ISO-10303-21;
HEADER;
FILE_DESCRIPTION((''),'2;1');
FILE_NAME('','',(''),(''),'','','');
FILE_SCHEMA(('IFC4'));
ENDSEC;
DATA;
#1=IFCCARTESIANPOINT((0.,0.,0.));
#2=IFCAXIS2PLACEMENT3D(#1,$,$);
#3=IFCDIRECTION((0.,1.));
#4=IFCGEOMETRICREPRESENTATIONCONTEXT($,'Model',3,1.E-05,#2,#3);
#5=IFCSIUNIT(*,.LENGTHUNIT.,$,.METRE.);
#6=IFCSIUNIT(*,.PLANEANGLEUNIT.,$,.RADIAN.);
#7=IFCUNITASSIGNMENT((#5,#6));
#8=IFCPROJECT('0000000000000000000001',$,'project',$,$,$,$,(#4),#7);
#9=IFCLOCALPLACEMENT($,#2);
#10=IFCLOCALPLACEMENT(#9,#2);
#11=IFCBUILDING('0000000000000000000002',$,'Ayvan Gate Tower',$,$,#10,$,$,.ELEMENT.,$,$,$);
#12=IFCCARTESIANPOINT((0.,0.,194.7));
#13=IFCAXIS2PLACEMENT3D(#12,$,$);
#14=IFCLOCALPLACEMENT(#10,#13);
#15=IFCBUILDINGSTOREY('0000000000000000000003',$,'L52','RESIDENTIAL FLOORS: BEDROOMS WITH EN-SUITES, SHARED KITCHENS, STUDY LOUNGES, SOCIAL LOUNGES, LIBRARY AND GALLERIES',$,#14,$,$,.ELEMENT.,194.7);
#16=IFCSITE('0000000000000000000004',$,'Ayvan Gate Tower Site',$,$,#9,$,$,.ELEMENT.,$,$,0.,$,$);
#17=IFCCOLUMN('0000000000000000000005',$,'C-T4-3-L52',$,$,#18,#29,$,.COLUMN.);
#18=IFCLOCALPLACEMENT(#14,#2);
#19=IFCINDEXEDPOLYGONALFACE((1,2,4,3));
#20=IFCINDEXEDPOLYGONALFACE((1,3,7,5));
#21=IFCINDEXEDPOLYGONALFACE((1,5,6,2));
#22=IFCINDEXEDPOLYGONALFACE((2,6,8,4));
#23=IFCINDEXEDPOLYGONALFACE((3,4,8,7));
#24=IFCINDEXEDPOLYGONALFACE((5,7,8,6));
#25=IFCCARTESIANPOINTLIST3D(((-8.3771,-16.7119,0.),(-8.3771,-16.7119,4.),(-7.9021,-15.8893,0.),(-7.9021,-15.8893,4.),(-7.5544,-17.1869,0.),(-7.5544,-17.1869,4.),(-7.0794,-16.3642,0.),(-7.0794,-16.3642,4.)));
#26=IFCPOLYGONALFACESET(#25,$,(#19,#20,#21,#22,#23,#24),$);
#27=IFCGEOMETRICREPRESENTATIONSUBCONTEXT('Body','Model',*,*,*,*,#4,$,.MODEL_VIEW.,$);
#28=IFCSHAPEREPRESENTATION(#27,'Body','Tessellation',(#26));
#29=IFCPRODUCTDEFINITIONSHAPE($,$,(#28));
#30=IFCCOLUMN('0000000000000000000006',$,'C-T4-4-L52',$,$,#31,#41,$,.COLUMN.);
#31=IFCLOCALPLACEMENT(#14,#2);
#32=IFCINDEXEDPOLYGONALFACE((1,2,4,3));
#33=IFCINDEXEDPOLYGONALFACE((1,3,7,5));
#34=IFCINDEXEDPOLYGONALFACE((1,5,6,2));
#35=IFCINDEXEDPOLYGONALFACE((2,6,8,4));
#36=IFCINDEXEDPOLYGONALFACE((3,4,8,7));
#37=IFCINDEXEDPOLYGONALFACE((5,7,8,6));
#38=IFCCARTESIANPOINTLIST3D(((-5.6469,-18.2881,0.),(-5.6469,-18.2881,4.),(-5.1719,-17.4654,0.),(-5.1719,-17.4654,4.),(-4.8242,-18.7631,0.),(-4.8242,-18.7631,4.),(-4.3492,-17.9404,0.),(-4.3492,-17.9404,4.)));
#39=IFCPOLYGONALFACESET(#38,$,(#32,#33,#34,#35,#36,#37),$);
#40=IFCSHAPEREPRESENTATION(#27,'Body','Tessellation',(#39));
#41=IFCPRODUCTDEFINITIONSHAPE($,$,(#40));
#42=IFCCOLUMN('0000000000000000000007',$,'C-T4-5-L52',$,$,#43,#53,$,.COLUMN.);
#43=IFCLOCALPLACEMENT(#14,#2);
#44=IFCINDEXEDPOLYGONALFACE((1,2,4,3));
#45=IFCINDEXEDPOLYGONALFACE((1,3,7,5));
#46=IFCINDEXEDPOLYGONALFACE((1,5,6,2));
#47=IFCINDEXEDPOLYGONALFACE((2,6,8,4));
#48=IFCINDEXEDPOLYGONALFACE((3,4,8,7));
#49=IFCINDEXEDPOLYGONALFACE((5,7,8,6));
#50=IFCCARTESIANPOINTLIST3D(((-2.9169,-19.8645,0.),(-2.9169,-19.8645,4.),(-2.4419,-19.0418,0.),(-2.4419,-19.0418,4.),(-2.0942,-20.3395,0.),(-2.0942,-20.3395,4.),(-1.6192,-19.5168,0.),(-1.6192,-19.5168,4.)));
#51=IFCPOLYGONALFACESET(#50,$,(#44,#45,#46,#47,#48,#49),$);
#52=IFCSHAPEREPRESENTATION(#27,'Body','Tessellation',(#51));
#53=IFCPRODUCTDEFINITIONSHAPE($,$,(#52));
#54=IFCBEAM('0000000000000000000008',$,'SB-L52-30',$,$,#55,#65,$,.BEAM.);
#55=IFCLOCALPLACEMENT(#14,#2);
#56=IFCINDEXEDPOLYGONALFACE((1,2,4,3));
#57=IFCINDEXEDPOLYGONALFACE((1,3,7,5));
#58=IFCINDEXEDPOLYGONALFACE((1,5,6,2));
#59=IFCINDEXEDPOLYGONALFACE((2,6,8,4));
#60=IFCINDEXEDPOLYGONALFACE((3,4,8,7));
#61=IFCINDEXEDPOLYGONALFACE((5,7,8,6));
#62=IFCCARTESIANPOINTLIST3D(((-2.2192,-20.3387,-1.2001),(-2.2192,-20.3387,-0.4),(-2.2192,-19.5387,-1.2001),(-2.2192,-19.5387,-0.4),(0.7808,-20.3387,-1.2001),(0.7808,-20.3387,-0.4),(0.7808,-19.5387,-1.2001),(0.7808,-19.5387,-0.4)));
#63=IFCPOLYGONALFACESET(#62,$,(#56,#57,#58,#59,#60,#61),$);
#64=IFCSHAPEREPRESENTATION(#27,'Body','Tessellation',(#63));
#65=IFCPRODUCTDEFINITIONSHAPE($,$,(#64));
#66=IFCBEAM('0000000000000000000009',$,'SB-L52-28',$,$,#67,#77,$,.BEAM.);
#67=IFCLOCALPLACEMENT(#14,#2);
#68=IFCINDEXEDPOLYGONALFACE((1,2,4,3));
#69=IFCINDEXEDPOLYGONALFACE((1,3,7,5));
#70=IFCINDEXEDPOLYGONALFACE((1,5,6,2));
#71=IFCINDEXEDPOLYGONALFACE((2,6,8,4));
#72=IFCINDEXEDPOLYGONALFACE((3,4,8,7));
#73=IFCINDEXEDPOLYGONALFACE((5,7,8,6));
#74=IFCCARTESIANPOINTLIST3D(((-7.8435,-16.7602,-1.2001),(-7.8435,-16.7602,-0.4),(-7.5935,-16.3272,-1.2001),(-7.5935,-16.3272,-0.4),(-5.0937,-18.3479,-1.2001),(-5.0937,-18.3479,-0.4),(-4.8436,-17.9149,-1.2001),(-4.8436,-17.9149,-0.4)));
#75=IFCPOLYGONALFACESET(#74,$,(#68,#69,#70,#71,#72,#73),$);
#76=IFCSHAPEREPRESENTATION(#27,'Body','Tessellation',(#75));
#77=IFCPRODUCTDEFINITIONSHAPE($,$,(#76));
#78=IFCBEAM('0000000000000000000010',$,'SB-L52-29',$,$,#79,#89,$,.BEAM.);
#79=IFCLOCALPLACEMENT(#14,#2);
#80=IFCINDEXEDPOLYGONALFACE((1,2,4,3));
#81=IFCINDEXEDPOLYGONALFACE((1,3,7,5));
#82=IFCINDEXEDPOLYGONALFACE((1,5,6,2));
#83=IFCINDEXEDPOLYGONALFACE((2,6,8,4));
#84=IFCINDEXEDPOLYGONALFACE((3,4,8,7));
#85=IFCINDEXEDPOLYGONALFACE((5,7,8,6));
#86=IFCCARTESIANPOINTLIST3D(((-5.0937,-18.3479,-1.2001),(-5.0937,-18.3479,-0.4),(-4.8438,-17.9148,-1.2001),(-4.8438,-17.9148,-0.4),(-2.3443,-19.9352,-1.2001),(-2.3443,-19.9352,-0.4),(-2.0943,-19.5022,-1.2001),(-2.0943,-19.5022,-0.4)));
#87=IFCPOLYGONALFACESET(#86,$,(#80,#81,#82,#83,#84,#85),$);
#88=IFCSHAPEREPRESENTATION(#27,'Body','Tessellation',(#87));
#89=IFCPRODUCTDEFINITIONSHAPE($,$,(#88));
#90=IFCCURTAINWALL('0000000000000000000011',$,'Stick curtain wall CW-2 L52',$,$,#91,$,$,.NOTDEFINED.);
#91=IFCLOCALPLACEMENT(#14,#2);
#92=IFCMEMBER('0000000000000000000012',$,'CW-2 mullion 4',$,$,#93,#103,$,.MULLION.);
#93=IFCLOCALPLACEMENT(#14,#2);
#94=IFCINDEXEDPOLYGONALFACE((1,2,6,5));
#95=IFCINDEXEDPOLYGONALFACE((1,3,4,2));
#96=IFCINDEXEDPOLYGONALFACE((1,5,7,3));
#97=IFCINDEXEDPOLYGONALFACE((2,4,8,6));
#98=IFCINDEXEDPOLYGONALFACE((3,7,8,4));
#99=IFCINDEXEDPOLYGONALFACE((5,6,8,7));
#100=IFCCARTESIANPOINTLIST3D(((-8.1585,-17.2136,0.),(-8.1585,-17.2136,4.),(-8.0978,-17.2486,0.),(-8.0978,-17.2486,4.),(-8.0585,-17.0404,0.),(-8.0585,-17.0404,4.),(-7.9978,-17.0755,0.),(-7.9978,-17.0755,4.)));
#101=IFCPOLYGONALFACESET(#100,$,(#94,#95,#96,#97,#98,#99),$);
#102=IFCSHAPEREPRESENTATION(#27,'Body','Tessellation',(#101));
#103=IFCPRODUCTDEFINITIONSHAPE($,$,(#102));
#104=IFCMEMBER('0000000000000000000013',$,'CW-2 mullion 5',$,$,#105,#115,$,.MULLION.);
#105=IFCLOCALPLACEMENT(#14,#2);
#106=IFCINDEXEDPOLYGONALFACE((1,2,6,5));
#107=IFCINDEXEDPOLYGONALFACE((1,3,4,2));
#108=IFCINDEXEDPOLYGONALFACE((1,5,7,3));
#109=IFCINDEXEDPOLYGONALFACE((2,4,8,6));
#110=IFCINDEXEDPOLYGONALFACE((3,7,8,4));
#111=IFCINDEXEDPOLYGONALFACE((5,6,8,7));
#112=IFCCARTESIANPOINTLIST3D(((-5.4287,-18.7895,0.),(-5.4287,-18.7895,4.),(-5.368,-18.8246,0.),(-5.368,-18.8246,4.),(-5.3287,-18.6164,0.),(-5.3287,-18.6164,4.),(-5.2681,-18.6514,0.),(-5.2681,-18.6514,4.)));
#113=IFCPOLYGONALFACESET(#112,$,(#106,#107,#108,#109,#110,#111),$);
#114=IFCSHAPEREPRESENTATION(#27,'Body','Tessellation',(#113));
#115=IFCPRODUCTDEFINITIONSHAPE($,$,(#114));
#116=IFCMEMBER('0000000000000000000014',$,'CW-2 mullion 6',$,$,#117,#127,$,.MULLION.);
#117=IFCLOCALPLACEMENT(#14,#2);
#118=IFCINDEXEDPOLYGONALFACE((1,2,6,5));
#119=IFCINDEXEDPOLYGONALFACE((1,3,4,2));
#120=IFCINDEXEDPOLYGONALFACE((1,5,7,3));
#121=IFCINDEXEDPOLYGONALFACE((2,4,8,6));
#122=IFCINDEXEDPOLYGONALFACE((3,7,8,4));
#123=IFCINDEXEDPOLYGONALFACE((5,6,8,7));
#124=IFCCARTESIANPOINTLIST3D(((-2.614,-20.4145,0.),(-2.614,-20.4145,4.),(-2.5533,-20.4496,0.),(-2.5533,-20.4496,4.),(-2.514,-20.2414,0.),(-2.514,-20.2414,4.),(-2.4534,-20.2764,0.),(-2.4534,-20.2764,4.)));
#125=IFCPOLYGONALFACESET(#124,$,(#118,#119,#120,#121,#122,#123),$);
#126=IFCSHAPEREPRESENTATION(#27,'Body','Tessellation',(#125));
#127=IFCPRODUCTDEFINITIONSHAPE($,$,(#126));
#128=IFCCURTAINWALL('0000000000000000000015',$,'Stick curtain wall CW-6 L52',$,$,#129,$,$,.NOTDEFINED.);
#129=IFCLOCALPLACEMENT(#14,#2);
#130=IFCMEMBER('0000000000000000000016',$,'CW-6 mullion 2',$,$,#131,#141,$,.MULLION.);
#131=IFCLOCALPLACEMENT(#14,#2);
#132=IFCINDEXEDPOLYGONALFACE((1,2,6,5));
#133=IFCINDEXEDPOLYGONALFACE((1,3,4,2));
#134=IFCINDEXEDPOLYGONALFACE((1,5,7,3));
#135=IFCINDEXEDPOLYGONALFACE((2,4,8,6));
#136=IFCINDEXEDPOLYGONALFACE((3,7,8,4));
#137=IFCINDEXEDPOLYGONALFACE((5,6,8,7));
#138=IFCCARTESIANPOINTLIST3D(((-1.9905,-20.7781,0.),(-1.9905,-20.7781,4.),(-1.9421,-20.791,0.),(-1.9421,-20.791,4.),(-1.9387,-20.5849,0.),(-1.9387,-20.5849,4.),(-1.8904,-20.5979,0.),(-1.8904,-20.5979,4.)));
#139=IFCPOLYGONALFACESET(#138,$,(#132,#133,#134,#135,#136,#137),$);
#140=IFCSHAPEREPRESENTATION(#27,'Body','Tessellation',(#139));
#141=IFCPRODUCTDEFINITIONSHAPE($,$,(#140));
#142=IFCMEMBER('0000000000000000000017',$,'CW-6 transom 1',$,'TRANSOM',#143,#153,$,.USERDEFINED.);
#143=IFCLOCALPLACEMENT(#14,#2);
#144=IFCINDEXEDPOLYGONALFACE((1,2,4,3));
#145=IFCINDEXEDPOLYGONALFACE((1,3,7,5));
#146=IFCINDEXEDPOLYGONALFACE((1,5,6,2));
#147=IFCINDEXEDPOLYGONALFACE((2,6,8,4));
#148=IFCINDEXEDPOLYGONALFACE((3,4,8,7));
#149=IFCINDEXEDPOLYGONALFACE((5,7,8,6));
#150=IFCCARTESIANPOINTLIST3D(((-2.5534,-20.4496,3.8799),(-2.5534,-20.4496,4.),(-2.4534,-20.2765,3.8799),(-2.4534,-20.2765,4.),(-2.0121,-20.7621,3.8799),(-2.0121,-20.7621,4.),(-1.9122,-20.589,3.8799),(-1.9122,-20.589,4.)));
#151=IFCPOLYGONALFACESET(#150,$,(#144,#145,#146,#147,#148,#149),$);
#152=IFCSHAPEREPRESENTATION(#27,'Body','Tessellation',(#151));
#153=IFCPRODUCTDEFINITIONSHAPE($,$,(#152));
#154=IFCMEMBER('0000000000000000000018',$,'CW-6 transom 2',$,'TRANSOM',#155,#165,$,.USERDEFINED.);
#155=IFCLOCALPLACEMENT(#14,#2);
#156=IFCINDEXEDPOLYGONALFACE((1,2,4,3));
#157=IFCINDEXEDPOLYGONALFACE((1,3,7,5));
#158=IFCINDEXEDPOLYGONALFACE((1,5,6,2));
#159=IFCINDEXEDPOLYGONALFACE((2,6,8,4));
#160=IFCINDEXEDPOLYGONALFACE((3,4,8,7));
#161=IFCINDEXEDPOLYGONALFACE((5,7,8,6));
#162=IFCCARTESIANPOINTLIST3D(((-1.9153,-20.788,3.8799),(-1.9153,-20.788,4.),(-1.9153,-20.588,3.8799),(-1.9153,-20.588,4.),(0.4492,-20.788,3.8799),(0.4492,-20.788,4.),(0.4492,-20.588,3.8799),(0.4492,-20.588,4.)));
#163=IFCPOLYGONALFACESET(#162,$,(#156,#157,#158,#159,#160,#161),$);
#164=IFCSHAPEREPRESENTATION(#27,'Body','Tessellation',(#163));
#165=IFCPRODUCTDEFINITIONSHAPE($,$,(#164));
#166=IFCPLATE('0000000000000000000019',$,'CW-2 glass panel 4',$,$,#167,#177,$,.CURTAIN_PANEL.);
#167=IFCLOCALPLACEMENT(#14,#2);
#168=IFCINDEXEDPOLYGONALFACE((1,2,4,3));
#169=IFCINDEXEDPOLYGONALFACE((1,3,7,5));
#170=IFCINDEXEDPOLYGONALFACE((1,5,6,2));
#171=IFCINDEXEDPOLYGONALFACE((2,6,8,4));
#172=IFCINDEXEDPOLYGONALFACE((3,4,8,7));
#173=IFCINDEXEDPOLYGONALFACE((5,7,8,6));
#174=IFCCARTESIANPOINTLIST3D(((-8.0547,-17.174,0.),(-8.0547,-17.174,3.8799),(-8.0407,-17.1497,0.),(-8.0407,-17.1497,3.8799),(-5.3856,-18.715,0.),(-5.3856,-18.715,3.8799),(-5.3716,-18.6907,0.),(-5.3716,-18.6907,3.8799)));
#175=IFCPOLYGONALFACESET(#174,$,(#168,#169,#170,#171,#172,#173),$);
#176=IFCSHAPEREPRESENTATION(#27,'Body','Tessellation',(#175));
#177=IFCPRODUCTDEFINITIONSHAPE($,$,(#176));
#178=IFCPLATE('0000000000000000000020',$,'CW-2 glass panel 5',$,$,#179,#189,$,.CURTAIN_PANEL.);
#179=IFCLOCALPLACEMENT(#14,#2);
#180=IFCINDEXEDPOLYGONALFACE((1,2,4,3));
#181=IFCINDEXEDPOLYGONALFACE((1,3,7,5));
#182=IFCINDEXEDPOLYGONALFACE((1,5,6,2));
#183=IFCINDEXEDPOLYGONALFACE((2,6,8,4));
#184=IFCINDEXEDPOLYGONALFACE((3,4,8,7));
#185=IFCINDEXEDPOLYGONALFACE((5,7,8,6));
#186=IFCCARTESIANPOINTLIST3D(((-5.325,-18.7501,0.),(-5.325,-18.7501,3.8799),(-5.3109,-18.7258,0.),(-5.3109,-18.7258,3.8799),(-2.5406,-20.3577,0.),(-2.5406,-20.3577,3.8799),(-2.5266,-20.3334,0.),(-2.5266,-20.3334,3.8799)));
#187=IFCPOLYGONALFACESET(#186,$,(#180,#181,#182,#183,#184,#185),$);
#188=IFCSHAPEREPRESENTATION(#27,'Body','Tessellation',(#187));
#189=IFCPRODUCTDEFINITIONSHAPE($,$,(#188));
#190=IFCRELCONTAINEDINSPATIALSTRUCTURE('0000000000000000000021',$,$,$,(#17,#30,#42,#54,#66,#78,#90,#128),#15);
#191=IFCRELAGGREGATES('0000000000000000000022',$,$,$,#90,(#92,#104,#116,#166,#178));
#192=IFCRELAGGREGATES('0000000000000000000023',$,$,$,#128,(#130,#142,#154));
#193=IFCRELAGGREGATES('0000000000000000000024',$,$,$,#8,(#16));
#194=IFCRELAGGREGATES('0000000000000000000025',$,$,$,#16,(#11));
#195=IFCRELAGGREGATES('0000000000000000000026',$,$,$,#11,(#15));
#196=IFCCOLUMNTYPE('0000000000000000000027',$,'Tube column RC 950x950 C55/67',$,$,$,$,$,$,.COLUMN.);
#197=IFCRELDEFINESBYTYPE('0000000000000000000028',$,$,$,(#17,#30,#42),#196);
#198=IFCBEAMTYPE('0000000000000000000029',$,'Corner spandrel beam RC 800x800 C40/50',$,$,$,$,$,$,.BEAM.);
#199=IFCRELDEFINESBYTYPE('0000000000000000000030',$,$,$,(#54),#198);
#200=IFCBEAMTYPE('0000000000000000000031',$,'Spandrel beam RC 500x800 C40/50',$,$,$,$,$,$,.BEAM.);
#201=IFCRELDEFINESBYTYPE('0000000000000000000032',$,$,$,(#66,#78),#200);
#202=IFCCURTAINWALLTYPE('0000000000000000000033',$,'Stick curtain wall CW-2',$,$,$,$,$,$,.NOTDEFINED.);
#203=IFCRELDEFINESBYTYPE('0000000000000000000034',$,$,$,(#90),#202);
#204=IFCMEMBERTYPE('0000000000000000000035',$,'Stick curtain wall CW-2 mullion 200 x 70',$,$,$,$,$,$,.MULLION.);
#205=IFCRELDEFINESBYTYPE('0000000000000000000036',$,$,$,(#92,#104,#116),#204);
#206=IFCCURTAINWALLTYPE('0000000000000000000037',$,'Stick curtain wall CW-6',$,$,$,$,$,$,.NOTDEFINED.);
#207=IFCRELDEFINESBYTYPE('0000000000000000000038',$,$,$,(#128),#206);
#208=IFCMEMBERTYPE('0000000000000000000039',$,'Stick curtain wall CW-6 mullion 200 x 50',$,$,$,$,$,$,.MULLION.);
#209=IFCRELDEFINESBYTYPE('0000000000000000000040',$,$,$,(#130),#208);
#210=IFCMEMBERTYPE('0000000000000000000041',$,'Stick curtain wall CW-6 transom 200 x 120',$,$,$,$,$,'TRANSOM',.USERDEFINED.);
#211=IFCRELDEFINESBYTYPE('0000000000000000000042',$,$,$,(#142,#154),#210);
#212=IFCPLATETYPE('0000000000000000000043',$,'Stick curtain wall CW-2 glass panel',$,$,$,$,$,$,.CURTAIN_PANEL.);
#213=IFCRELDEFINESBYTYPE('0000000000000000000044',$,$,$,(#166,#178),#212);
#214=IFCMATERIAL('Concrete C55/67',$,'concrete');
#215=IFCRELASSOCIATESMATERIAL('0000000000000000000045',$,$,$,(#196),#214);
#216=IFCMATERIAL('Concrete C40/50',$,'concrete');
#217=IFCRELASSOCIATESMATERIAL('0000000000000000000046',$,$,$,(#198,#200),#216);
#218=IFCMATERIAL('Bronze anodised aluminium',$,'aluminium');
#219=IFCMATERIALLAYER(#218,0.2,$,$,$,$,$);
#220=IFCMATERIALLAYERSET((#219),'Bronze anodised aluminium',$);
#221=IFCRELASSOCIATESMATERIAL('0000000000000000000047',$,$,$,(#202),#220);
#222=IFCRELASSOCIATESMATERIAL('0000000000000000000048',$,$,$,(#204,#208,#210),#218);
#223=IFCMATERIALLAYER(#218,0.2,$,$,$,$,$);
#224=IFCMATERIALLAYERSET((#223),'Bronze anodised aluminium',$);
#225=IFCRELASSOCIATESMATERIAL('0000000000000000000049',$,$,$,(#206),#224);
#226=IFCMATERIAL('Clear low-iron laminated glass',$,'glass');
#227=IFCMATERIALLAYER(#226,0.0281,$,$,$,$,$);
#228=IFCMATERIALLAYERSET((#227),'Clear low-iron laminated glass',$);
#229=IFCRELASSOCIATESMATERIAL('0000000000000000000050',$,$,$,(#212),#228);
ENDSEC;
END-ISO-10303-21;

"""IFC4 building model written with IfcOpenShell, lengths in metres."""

from ifc_helpers import new_model, si_unit, direction, frame, origin, origin_2d, place, context, subcontext, project, spatial, rectangle, extrude, material, layer, layer_set, material_profile, profile_set, type_object, element, aggregate, save


model = new_model("IFC4")

# Units and contexts
model_context = context("Model", 3, precision=1e-05, world=origin(), true_north=direction((0.0, 1.0)))
body_context = subcontext(model_context, "Body", "Model", "MODEL_VIEW")
ifc_project = project(units=[si_unit("LENGTHUNIT", "METRE"), si_unit("PLANEANGLEUNIT", "RADIAN")], contexts=[model_context])

# Site, building, storey
site_placement = place(None, origin())
site = spatial("IfcSite", under=ifc_project, at=site_placement, Name="Ayvan Gate Tower Site", CompositionType="ELEMENT", RefElevation=0.0)
building_placement = place(site_placement, origin())
building = spatial("IfcBuilding", under=site, at=building_placement, Name="Ayvan Gate Tower", CompositionType="ELEMENT")
storey_placement = place(building_placement, frame((0.0, 0.0, 194.7)))
storey = spatial("IfcBuildingStorey", under=building, at=storey_placement, Name="L52", Description="RESIDENTIAL FLOORS: BEDROOMS WITH EN-SUITES, SHARED KITCHENS, STUDY LOUNGES, SOCIAL LOUNGES, LIBRARY AND GALLERIES", CompositionType="ELEMENT", Elevation=194.7)

# Columns
ifc_material_1 = material(Name="Concrete C55/67", Category="concrete")
ifc_material_profile_1 = material_profile(ifc_material_1, rectangle(XDim=0.95, YDim=0.95, at=origin_2d()), Name="RC 950x950")
ifc_profile_set_1 = profile_set([ifc_material_profile_1], Name="Concrete C55/67")
column_type = type_object("IfcColumnType", Name="Tube column RC 950x950 C55/67", PredefinedType="COLUMN", material=ifc_profile_set_1)
for number, where, z_axis, x_axis, name in (
    (1, (-7.7283, -16.5381, 0.0), (0.0, 0.0, 1.0), (-0.5, -0.866025, 0.0), "C-T4-3-L52"),
    (2, (-4.998, -18.1143, 0.0), (0.0, 0.0, 1.0), (-0.5, -0.866025, 0.0), "C-T4-4-L52"),
    (3, (-2.2681, -19.6907, 0.0), (0.0, 0.0, 1.0), (-0.5, -0.866025, 0.0), "C-T4-5-L52"),
):
    element("IfcColumn", number, at=place(storey_placement, frame(where, z_axis=z_axis, x_axis=x_axis)), inside=storey, type_object=column_type, Name=name, PredefinedType="COLUMN", context=body_context, shape_type="SweptSolid", body=[
        extrude(rectangle(XDim=0.95, YDim=0.95, at=origin_2d()), origin(), (0.0, 0.0, 1.0), 4.0),
    ])

# Beams
ifc_material_2 = material(Name="Concrete C40/50", Category="concrete")
ifc_material_profile_2 = material_profile(ifc_material_2, rectangle(XDim=0.8, YDim=0.8, at=origin_2d()), Name="RC 800x800")
ifc_profile_set_2 = profile_set([ifc_material_profile_2], Name="Concrete C40/50")
beam_type_1 = type_object("IfcBeamType", Name="Corner spandrel beam RC 800x800 C40/50", PredefinedType="BEAM", material=ifc_profile_set_2)
beam_1_placement = place(storey_placement, frame((-2.2192, -19.9387, -0.8), z_axis=(1.0, 0.0, 0.0), x_axis=(0.0, 1.0, 0.0)))
element("IfcBeam", 4, at=beam_1_placement, inside=storey, type_object=beam_type_1, Name="SB-L52-30", PredefinedType="BEAM", context=body_context, shape_type="SweptSolid", body=[
    extrude(rectangle(XDim=0.8, YDim=0.8, at=origin_2d()), origin(), (0.0, 0.0, 1.0), 3.0),
])
ifc_material_profile_3 = material_profile(ifc_material_2, rectangle(XDim=0.5, YDim=0.8, at=origin_2d()), Name="RC 500x800")
ifc_profile_set_3 = profile_set([ifc_material_profile_3], Name="Concrete C40/50")
beam_type_2 = type_object("IfcBeamType", Name="Spandrel beam RC 500x800 C40/50", PredefinedType="BEAM", material=ifc_profile_set_3)
beam_2_placement = place(storey_placement, frame((-7.7185, -16.5437, -0.8), z_axis=(0.866015, -0.500018, 0.0), x_axis=(0.500018, 0.866015, 0.0)))
element("IfcBeam", 5, at=beam_2_placement, inside=storey, type_object=beam_type_2, Name="SB-L52-28", PredefinedType="BEAM", context=body_context, shape_type="SweptSolid", body=[
    extrude(rectangle(XDim=0.5, YDim=0.8, at=origin_2d()), origin(), (0.0, 0.0, 1.0), 3.1753),
])
beam_3_placement = place(storey_placement, frame((-4.9688, -18.1313, -0.8), z_axis=(0.866029, -0.499993, 0.0), x_axis=(0.499993, 0.866029, 0.0)))
element("IfcBeam", 6, at=beam_3_placement, inside=storey, type_object=beam_type_2, Name="SB-L52-29", PredefinedType="BEAM", context=body_context, shape_type="SweptSolid", body=[
    extrude(rectangle(XDim=0.5, YDim=0.8, at=origin_2d()), origin(), (0.0, 0.0, 1.0), 3.1748),
])

# Curtain walls, members
ifc_material_3 = material(Name="Bronze anodised aluminium", Category="aluminium")
ifc_layer_1 = layer(ifc_material_3, 0.2)
ifc_layer_set_1 = layer_set([ifc_layer_1], Name="Bronze anodised aluminium")
curtain_wall_type_1 = type_object("IfcCurtainWallType", Name="Stick curtain wall CW-2", PredefinedType="NOTDEFINED", material=ifc_layer_set_1)
curtain_wall_1_placement = place(storey_placement, origin())
curtain_wall_1 = element("IfcCurtainWall", 7, at=curtain_wall_1_placement, inside=storey, type_object=curtain_wall_type_1, Name="Stick curtain wall CW-2 L52", PredefinedType="NOTDEFINED")
ifc_material_profile_4 = material_profile(ifc_material_3, rectangle(XDim=0.2, YDim=0.0701, at=origin_2d()), Name="Stick curtain wall CW-2 mullion 200 x 70")
ifc_profile_set_4 = profile_set([ifc_material_profile_4], Name="Bronze anodised aluminium")
member_type_1 = type_object("IfcMemberType", Name="Stick curtain wall CW-2 mullion 200 x 70", PredefinedType="MULLION", material=ifc_profile_set_4)
member_1_placement = place(storey_placement, frame((-8.0781, -17.1445, 0.0), z_axis=(0.0, 0.0, 1.0), x_axis=(-0.5, -0.866025, 0.0)))
member_1 = element("IfcMember", 8, at=member_1_placement, type_object=member_type_1, Name="CW-2 mullion 4", PredefinedType="MULLION", context=body_context, shape_type="SweptSolid", body=[
    extrude(rectangle(XDim=0.2, YDim=0.0701, at=origin_2d()), origin(), (0.0, 0.0, 1.0), 4.0),
])
member_2_placement = place(storey_placement, frame((-5.3484, -18.7205, 0.0), z_axis=(0.0, 0.0, 1.0), x_axis=(-0.5, -0.866025, 0.0)))
member_2 = element("IfcMember", 9, at=member_2_placement, type_object=member_type_1, Name="CW-2 mullion 5", PredefinedType="MULLION", context=body_context, shape_type="SweptSolid", body=[
    extrude(rectangle(XDim=0.2, YDim=0.0701, at=origin_2d()), origin(), (0.0, 0.0, 1.0), 4.0),
])
member_3_placement = place(storey_placement, frame((-2.5337, -20.3455, 0.0), z_axis=(0.0, 0.0, 1.0), x_axis=(-0.5, -0.866025, 0.0)))
member_3 = element("IfcMember", 10, at=member_3_placement, type_object=member_type_1, Name="CW-2 mullion 6", PredefinedType="MULLION", context=body_context, shape_type="SweptSolid", body=[
    extrude(rectangle(XDim=0.2, YDim=0.0701, at=origin_2d()), origin(), (0.0, 0.0, 1.0), 4.0),
])
ifc_layer_2 = layer(ifc_material_3, 0.2)
ifc_layer_set_2 = layer_set([ifc_layer_2], Name="Bronze anodised aluminium")
curtain_wall_type_2 = type_object("IfcCurtainWallType", Name="Stick curtain wall CW-6", PredefinedType="NOTDEFINED", material=ifc_layer_set_2)
curtain_wall_2_placement = place(storey_placement, origin())
curtain_wall_2 = element("IfcCurtainWall", 11, at=curtain_wall_2_placement, inside=storey, type_object=curtain_wall_type_2, Name="Stick curtain wall CW-6 L52", PredefinedType="NOTDEFINED")
ifc_material_profile_5 = material_profile(ifc_material_3, rectangle(XDim=0.2, YDim=0.05, at=origin_2d()), Name="Stick curtain wall CW-6 mullion 200 x 50")
ifc_profile_set_5 = profile_set([ifc_material_profile_5], Name="Bronze anodised aluminium")
member_type_2 = type_object("IfcMemberType", Name="Stick curtain wall CW-6 mullion 200 x 50", PredefinedType="MULLION", material=ifc_profile_set_5)
member_4_placement = place(storey_placement, frame((-1.9404, -20.688, 0.0), z_axis=(0.0, 0.0, 1.0), x_axis=(-0.258819, -0.965926, 0.0)))
member_4 = element("IfcMember", 12, at=member_4_placement, type_object=member_type_2, Name="CW-6 mullion 2", PredefinedType="MULLION", context=body_context, shape_type="SweptSolid", body=[
    extrude(rectangle(XDim=0.2, YDim=0.05, at=origin_2d()), origin(), (0.0, 0.0, 1.0), 4.0),
])
ifc_material_profile_6 = material_profile(ifc_material_3, rectangle(XDim=0.2, YDim=0.1201, at=origin_2d()), Name="Stick curtain wall CW-6 transom 200 x 120")
ifc_profile_set_6 = profile_set([ifc_material_profile_6], Name="Bronze anodised aluminium")
member_type_3 = type_object("IfcMemberType", Name="Stick curtain wall CW-6 transom 200 x 120", ElementType="TRANSOM", PredefinedType="USERDEFINED", material=ifc_profile_set_6)
member_5_placement = place(storey_placement, frame((-2.5034, -20.363, 3.9399), z_axis=(0.866023, -0.500004, 0.0), x_axis=(0.500004, 0.866023, 0.0)))
member_5 = element("IfcMember", 13, at=member_5_placement, type_object=member_type_3, Name="CW-6 transom 1", ObjectType="TRANSOM", PredefinedType="USERDEFINED", context=body_context, shape_type="SweptSolid", body=[
    extrude(rectangle(XDim=0.2, YDim=0.1201, at=origin_2d()), origin(), (0.0, 0.0, 1.0), 0.625),
])
member_6_placement = place(storey_placement, frame((-1.9153, -20.688, 3.9399), z_axis=(1.0, 0.0, 0.0), x_axis=(0.0, 1.0, 0.0)))
member_6 = element("IfcMember", 14, at=member_6_placement, type_object=member_type_3, Name="CW-6 transom 2", ObjectType="TRANSOM", PredefinedType="USERDEFINED", context=body_context, shape_type="SweptSolid", body=[
    extrude(rectangle(XDim=0.2, YDim=0.1201, at=origin_2d()), origin(), (0.0, 0.0, 1.0), 2.3645),
])

# Plates
ifc_material_4 = material(Name="Clear low-iron laminated glass", Category="glass")
ifc_layer_3 = layer(ifc_material_4, 0.0281)
ifc_layer_set_3 = layer_set([ifc_layer_3], Name="Clear low-iron laminated glass")
plate_type_1 = type_object("IfcPlateType", Name="Stick curtain wall CW-2 glass panel", PredefinedType="CURTAIN_PANEL", material=ifc_layer_set_3)
plate_1_placement = place(storey_placement, frame((-6.7131, -17.9324, 0.0), z_axis=(0.0, 0.0, 1.0), x_axis=(0.866025, -0.5, 0.0)))
plate_1 = element("IfcPlate", 15, at=plate_1_placement, type_object=plate_type_1, Name="CW-2 glass panel 4", PredefinedType="CURTAIN_PANEL", context=body_context, shape_type="SweptSolid", body=[
    extrude(rectangle(XDim=3.082, YDim=0.0281, at=origin_2d()), origin(), (0.0, 0.0, 1.0), 3.8799),
])
plate_2_placement = place(storey_placement, frame((-3.9258, -19.5417, 0.0), z_axis=(0.0, 0.0, 1.0), x_axis=(0.866025, -0.5, 0.0)))
plate_2 = element("IfcPlate", 16, at=plate_2_placement, type_object=plate_type_1, Name="CW-2 glass panel 5", PredefinedType="CURTAIN_PANEL", context=body_context, shape_type="SweptSolid", body=[
    extrude(rectangle(XDim=3.2151, YDim=0.0281, at=origin_2d()), origin(), (0.0, 0.0, 1.0), 3.8799),
])
aggregate(curtain_wall_1, [member_1, member_2, member_3, plate_1, plate_2])
aggregate(curtain_wall_2, [member_4, member_5, member_6])

save(model, "model.ifc")
